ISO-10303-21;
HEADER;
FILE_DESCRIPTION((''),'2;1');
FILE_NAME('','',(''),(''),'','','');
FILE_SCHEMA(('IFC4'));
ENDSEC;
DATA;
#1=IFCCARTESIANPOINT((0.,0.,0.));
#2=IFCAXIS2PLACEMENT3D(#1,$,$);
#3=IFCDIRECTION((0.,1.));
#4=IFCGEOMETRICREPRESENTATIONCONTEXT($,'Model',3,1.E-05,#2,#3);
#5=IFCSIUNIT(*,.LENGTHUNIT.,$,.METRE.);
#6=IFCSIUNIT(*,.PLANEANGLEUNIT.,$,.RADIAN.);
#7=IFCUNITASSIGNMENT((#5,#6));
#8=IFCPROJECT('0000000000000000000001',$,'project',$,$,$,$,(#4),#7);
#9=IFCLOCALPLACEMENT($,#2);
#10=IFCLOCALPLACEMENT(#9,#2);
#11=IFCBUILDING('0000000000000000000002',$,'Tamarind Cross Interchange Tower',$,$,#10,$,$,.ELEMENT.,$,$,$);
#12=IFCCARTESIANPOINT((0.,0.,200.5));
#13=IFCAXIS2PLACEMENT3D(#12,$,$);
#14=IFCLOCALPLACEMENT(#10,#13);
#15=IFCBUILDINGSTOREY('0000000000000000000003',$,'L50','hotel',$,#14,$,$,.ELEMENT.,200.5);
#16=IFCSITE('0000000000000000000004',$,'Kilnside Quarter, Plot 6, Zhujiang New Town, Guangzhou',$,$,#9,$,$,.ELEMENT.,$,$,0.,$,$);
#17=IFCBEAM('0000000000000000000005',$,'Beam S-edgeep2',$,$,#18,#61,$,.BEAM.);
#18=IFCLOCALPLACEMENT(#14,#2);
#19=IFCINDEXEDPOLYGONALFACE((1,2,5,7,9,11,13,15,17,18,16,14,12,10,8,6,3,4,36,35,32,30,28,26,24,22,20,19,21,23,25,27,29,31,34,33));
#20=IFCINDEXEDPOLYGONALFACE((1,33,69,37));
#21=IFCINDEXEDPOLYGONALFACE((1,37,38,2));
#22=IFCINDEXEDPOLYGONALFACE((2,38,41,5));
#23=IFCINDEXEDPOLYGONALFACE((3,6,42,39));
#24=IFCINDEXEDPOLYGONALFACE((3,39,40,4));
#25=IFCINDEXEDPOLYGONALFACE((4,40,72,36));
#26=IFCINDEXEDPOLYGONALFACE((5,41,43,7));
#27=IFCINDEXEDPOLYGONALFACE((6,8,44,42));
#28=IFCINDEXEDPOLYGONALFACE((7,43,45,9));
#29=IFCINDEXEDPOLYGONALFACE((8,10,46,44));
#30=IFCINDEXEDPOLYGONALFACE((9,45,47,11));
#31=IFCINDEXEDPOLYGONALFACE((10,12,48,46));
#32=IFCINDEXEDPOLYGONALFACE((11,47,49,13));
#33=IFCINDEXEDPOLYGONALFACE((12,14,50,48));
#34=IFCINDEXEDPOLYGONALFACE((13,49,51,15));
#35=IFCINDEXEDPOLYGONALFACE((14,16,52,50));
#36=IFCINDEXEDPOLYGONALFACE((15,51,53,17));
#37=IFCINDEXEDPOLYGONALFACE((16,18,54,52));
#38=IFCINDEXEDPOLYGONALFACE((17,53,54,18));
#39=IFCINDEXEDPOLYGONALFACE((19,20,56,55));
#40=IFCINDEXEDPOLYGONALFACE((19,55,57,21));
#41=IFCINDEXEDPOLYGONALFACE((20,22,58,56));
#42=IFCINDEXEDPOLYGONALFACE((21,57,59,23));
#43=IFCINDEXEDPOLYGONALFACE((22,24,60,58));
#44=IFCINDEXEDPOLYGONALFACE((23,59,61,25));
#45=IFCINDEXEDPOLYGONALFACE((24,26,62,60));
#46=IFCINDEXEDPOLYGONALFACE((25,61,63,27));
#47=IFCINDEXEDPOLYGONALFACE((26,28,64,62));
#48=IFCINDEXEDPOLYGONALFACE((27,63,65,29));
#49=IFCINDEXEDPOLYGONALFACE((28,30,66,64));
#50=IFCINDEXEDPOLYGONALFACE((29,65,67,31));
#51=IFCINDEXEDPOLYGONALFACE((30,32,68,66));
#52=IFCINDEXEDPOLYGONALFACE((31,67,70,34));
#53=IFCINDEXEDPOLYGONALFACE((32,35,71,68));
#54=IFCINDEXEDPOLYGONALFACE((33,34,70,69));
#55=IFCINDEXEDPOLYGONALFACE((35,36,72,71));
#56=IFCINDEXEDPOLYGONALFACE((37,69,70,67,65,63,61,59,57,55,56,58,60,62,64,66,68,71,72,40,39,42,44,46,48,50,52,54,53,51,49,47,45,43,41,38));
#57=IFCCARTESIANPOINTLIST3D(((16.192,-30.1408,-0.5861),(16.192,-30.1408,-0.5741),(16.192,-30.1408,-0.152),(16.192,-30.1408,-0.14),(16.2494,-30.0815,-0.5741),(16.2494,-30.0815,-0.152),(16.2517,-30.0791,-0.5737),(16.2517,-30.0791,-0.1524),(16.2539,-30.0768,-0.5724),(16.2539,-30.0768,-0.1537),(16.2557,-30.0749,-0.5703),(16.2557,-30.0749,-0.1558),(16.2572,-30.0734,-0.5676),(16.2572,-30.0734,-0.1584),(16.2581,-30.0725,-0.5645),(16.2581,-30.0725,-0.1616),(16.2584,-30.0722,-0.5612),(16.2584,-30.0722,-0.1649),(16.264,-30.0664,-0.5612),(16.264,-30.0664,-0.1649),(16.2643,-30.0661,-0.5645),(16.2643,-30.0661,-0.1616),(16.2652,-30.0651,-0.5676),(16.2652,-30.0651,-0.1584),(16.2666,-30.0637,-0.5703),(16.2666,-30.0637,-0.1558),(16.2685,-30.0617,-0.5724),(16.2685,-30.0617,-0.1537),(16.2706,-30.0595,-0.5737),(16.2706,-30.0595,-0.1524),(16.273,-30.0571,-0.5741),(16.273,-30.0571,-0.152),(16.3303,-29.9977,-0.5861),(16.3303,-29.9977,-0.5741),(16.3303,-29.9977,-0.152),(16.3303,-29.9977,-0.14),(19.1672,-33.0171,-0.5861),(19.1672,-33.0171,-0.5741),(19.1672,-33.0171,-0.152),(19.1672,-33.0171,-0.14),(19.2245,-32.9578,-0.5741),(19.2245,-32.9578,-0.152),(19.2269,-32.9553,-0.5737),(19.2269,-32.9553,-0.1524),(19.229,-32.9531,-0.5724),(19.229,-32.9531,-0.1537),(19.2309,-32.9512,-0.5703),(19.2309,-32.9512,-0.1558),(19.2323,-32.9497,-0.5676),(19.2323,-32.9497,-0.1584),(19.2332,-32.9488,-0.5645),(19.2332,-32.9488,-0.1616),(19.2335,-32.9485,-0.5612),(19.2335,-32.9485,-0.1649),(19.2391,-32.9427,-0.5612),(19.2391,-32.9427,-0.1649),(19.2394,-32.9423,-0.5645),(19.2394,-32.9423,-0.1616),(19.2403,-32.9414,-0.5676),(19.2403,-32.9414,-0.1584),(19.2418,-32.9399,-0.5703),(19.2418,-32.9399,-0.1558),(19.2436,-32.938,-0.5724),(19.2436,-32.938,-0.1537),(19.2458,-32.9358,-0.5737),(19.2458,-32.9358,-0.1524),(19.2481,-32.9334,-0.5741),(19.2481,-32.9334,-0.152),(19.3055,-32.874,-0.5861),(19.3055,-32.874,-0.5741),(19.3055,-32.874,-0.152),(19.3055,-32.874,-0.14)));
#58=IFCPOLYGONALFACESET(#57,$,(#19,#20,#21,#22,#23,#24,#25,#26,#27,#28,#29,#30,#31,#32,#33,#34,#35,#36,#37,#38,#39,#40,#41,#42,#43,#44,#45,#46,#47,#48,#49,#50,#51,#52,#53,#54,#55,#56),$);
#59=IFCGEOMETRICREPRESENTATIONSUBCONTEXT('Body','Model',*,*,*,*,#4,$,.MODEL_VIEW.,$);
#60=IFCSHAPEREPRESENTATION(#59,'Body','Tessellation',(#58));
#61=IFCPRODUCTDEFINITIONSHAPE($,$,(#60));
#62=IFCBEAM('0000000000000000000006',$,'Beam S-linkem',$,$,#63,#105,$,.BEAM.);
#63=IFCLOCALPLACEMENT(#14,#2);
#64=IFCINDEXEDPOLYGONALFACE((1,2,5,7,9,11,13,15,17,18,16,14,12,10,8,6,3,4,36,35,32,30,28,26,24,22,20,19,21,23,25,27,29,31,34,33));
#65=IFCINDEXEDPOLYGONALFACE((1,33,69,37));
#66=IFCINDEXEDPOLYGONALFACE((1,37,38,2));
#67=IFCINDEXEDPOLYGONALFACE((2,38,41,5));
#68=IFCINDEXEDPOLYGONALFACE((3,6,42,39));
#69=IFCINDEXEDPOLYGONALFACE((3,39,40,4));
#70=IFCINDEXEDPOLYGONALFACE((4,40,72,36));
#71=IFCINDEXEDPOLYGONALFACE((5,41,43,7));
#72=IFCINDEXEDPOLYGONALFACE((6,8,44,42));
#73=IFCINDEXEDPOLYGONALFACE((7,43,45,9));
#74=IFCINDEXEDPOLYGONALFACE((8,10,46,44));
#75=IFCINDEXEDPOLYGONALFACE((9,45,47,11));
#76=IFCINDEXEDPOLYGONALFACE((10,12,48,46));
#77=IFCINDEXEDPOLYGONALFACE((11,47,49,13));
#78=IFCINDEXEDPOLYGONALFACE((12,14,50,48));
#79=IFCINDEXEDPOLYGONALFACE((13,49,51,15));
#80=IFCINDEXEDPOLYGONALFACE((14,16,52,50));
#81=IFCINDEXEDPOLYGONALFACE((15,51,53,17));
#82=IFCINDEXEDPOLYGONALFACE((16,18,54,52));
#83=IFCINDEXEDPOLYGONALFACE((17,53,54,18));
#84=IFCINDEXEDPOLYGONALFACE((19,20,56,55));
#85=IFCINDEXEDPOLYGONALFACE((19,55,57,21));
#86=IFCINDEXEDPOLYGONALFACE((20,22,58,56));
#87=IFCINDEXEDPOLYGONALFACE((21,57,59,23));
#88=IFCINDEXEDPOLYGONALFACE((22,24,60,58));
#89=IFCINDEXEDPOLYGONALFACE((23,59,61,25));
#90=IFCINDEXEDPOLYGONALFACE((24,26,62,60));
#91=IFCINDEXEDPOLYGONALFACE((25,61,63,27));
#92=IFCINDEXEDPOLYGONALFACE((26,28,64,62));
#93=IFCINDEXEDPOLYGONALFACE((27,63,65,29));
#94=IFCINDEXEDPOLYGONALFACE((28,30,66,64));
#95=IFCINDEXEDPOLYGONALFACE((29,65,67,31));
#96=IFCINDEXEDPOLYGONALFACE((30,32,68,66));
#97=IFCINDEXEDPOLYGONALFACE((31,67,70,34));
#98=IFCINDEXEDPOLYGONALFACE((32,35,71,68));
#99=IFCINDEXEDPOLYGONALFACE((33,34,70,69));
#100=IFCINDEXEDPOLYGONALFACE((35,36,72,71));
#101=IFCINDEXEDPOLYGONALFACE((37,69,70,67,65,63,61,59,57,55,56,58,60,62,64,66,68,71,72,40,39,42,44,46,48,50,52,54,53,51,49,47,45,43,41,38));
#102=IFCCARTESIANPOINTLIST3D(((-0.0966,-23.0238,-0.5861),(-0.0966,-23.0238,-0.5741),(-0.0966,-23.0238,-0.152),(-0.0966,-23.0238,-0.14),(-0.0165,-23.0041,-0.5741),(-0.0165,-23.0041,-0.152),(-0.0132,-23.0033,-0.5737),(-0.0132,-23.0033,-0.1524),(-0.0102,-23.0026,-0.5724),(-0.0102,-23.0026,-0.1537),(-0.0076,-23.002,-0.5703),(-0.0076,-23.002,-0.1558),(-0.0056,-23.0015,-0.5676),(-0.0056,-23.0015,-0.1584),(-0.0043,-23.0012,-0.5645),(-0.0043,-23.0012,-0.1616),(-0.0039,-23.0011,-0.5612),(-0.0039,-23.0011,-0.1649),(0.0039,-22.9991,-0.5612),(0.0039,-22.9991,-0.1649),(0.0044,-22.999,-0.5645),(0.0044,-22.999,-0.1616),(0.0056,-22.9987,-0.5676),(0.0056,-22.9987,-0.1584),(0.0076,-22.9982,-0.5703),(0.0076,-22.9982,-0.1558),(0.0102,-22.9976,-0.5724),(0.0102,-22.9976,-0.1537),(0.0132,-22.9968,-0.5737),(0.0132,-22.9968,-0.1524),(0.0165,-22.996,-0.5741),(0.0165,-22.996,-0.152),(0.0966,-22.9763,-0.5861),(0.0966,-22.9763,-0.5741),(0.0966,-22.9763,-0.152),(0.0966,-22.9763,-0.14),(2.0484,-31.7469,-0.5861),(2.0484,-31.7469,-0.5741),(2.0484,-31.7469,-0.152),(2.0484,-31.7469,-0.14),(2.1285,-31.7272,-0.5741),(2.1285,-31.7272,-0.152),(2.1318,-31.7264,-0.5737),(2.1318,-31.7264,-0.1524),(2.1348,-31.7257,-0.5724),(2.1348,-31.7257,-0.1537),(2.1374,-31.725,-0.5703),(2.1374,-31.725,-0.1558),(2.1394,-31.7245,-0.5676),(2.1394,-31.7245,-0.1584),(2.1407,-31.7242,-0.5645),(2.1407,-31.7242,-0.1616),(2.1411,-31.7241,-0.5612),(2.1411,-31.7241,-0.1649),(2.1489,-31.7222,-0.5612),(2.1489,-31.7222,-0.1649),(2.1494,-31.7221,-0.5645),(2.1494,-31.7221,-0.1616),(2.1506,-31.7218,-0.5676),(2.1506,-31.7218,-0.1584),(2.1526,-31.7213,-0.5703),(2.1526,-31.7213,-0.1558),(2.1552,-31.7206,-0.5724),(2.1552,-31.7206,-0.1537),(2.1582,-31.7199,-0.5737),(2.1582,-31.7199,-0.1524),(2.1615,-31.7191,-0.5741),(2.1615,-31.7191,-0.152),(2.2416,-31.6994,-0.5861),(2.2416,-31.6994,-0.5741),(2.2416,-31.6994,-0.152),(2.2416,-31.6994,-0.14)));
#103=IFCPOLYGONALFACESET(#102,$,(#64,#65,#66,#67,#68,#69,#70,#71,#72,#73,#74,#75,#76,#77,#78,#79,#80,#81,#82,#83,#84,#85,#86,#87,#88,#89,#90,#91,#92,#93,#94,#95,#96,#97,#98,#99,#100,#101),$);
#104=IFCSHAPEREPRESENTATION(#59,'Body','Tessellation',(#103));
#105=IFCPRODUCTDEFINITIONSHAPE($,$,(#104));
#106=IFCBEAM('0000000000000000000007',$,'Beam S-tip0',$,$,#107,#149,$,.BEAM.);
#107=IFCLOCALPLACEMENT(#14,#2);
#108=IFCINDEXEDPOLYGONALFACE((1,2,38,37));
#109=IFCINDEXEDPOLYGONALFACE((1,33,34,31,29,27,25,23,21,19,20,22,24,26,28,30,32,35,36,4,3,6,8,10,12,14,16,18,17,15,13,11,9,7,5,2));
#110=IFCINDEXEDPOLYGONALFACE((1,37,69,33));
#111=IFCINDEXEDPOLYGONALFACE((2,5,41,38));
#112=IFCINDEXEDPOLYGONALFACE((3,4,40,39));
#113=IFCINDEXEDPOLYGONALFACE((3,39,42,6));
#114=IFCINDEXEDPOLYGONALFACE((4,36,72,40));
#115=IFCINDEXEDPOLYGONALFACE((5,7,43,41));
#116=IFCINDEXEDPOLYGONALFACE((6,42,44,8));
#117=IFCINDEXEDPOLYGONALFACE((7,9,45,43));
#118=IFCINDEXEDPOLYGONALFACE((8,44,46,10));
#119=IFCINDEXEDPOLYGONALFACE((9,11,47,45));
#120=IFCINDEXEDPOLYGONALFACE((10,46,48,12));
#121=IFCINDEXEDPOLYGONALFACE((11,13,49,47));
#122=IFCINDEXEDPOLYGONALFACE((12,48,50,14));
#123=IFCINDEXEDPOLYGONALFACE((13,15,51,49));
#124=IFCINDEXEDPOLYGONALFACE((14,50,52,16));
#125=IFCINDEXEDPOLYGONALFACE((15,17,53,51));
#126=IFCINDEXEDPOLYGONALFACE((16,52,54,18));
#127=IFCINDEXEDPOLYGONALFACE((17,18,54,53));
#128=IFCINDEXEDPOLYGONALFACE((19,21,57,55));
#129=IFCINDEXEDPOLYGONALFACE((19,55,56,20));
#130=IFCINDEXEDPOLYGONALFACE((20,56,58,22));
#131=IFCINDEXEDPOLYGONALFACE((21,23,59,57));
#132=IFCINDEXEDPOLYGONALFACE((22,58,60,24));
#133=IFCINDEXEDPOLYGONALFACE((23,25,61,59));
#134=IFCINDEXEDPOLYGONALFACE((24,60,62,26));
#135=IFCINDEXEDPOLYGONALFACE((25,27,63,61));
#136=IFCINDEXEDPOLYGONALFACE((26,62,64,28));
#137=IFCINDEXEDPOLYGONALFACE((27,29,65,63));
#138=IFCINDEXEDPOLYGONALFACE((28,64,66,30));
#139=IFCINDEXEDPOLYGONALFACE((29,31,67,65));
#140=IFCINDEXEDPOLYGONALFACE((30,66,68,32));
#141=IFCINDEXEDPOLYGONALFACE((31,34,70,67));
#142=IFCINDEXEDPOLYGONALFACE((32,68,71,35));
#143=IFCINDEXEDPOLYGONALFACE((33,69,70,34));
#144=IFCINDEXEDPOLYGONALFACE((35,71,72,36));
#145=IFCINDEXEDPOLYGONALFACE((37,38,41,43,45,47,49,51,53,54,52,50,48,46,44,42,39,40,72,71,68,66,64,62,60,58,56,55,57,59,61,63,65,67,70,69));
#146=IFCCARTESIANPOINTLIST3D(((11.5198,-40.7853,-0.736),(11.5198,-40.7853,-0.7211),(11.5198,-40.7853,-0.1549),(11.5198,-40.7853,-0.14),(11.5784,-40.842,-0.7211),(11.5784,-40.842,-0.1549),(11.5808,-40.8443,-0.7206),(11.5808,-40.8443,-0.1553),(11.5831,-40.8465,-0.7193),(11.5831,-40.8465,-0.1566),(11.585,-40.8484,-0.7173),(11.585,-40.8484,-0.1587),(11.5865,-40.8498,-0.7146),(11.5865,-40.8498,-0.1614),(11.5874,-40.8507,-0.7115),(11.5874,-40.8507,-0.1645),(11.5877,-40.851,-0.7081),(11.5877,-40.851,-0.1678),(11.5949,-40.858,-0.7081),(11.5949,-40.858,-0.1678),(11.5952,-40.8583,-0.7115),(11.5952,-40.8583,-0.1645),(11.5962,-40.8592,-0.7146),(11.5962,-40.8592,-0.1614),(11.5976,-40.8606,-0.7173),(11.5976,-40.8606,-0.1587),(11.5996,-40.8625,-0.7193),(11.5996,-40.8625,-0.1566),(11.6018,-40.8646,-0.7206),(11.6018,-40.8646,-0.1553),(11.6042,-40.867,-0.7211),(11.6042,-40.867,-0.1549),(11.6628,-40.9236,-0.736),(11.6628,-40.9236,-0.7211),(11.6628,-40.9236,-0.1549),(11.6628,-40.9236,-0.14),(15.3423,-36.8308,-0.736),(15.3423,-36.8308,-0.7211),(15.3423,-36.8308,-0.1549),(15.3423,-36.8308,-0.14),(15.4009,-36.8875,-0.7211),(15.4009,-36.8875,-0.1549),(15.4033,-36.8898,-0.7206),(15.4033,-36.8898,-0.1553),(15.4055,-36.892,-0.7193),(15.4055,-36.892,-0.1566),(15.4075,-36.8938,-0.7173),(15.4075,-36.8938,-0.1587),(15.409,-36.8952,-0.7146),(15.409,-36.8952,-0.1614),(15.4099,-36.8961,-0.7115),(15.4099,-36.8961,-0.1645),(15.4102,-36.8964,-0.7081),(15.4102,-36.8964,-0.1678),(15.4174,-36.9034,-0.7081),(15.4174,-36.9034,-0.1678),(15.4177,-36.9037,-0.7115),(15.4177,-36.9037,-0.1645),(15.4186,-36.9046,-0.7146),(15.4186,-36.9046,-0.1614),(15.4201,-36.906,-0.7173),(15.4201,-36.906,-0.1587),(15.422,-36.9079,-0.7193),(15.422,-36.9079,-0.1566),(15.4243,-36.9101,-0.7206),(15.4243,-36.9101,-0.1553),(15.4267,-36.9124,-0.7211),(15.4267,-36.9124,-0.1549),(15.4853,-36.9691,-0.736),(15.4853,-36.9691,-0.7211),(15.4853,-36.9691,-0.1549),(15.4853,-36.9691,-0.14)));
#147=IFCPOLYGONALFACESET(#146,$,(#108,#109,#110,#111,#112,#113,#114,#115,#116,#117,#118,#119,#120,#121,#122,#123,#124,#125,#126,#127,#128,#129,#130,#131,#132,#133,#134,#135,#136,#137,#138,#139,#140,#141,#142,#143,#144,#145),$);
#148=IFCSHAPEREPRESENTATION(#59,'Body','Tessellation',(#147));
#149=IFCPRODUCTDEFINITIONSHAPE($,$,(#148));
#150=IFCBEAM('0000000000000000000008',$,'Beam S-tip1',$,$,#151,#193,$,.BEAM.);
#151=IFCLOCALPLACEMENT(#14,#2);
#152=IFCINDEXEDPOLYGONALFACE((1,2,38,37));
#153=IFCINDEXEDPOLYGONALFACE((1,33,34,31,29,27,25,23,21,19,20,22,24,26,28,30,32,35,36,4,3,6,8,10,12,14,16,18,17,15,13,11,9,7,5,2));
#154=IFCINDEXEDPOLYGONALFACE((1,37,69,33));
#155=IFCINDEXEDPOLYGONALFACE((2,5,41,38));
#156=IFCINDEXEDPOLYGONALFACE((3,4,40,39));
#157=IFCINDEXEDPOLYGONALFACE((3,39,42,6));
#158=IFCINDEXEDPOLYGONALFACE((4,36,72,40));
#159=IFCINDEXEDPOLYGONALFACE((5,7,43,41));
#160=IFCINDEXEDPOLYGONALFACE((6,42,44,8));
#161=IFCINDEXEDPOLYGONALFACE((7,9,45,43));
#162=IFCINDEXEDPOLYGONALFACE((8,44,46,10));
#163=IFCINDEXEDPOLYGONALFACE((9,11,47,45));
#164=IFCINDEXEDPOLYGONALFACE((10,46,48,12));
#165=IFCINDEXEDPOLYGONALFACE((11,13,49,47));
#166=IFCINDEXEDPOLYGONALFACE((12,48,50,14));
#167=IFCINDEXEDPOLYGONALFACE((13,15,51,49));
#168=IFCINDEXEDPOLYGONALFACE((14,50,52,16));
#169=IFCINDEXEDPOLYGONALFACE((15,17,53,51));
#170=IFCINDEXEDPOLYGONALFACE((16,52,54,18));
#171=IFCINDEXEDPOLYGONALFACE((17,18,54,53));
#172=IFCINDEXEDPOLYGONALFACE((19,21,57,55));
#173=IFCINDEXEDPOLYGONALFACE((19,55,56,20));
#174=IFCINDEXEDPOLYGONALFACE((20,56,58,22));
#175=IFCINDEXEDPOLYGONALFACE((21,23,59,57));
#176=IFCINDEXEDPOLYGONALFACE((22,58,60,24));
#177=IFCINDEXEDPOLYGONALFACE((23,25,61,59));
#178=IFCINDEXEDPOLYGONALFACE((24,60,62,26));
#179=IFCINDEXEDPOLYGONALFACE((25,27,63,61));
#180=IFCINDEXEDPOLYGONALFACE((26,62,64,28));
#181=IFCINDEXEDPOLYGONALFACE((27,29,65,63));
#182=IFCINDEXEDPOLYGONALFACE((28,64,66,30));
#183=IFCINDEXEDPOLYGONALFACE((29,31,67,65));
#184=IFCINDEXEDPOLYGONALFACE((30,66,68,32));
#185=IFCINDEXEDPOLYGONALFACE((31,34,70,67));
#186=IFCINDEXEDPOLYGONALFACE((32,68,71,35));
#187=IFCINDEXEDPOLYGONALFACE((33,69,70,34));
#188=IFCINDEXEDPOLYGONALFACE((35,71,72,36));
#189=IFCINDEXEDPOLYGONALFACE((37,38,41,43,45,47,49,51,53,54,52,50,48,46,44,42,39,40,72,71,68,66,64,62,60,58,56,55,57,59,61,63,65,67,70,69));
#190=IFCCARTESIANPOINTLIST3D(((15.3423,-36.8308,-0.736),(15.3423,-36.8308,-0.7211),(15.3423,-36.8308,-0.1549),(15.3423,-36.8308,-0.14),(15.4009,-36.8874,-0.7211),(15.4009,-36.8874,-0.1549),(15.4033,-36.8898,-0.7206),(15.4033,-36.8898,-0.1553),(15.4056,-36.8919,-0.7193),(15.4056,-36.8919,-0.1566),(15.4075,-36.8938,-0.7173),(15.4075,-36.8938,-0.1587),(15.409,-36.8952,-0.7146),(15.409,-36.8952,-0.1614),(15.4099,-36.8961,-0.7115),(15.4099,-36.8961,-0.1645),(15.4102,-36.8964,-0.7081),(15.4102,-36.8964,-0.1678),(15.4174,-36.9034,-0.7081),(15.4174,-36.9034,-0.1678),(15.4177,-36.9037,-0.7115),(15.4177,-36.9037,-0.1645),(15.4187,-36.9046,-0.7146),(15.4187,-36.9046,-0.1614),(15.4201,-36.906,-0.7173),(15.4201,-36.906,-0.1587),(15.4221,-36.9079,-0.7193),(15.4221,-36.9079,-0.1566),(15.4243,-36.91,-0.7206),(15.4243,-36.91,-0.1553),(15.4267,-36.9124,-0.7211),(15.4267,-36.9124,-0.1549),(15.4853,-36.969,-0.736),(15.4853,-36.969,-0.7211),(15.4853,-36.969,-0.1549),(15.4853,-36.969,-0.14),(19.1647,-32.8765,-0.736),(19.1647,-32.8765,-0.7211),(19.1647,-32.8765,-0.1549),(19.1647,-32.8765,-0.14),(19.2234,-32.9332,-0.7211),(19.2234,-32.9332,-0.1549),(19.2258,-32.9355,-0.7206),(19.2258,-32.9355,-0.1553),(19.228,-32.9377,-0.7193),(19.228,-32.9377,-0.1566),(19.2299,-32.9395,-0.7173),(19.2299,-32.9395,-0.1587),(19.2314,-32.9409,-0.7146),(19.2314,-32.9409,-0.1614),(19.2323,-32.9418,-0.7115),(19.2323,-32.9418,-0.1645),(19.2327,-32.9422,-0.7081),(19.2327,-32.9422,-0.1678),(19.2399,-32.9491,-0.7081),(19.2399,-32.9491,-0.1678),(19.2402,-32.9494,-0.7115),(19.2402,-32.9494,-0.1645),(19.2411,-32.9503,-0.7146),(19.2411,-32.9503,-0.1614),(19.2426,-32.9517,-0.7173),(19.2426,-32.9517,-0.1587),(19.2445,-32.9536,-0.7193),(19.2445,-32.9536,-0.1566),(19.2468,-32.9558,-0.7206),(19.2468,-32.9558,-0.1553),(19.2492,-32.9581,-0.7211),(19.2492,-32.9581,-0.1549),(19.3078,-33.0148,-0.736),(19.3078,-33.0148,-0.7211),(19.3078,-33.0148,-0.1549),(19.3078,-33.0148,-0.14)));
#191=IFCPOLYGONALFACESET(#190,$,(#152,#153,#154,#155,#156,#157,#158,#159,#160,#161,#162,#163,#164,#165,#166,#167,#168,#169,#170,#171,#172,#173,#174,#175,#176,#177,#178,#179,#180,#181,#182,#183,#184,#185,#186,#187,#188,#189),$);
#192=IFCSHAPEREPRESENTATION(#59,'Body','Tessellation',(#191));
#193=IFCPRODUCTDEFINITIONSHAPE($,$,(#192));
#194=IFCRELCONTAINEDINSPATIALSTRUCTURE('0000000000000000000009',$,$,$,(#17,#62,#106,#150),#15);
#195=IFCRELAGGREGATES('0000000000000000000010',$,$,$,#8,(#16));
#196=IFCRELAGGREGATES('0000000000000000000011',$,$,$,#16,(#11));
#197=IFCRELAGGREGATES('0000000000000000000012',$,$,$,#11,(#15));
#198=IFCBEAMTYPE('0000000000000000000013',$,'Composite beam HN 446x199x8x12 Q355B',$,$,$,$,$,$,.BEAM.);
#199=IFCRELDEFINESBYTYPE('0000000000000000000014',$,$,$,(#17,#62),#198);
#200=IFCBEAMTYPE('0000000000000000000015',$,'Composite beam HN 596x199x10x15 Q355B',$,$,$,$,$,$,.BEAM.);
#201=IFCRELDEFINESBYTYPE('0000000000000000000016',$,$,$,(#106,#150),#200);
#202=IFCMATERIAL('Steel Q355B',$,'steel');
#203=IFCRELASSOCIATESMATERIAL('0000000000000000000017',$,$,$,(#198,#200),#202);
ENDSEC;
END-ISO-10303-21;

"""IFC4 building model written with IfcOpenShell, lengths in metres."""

from ifc_helpers import new_model, si_unit, direction, frame, origin, origin_2d, place, context, subcontext, project, spatial, i_section, extrude, material, material_profile, profile_set, type_object, element, save


model = new_model("IFC4")

# Units and contexts
model_context = context("Model", 3, precision=1e-05, world=origin(), true_north=direction((0.0, 1.0)))
body_context = subcontext(model_context, "Body", "Model", "MODEL_VIEW")
ifc_project = project(units=[si_unit("LENGTHUNIT", "METRE"), si_unit("PLANEANGLEUNIT", "RADIAN")], contexts=[model_context])

# Site, building, storey
site_placement = place(None, origin())
site = spatial("IfcSite", under=ifc_project, at=site_placement, Name="Kilnside Quarter, Plot 6, Zhujiang New Town, Guangzhou", CompositionType="ELEMENT", RefElevation=0.0)
building_placement = place(site_placement, origin())
building = spatial("IfcBuilding", under=site, at=building_placement, Name="Tamarind Cross Interchange Tower", CompositionType="ELEMENT")
storey_placement = place(building_placement, frame((0.0, 0.0, 200.5)))
storey = spatial("IfcBuildingStorey", under=building, at=storey_placement, Name="L50", Description="hotel", CompositionType="ELEMENT", Elevation=200.5)

# Beams
ifc_material_1 = material(Name="Steel Q355B", Category="steel")
ifc_material_profile_1 = material_profile(ifc_material_1, i_section(OverallWidth=0.199, OverallDepth=0.446, WebThickness=0.0081, FlangeThickness=0.012, FilletRadius=0.0129, at=origin_2d()), Name="HN 446x199x8x12")
ifc_profile_set_1 = profile_set([ifc_material_profile_1], Name="Steel Q355B")
beam_type_1 = type_object("IfcBeamType", Name="Composite beam HN 446x199x8x12 Q355B", PredefinedType="BEAM", material=ifc_profile_set_1)
beam_1_placement = place(storey_placement, frame((19.2363, -32.9456, -0.363), z_axis=(-0.718953, 0.695059, 0.0), x_axis=(-0.695059, -0.718953, 0.0)))
element("IfcBeam", 1, at=beam_1_placement, inside=storey, type_object=beam_type_1, Name="Beam S-edgeep2", PredefinedType="BEAM", context=body_context, shape_type="SweptSolid", body=[
    extrude(i_section(OverallWidth=0.199, OverallDepth=0.446, WebThickness=0.0081, FlangeThickness=0.012, FilletRadius=0.0129, at=origin_2d()), origin(), (0.0, 0.0, 1.0), 4.1382),
])
beam_2_placement = place(storey_placement, frame((2.145, -31.7231, -0.363), z_axis=(-0.238786, 0.971072, 0.0), x_axis=(-0.971072, -0.238786, 0.0)))
element("IfcBeam", 2, at=beam_2_placement, inside=storey, type_object=beam_type_1, Name="Beam S-linkem", PredefinedType="BEAM", context=body_context, shape_type="SweptSolid", body=[
    extrude(i_section(OverallWidth=0.199, OverallDepth=0.446, WebThickness=0.0081, FlangeThickness=0.012, FilletRadius=0.0129, at=origin_2d()), origin(), (0.0, 0.0, 1.0), 8.9829),
])
ifc_material_profile_2 = material_profile(ifc_material_1, i_section(OverallWidth=0.199, OverallDepth=0.5959, WebThickness=0.01, FlangeThickness=0.0149, FilletRadius=0.0129, at=origin_2d()), Name="HN 596x199x10x15")
ifc_profile_set_2 = profile_set([ifc_material_profile_2], Name="Steel Q355B")
beam_type_2 = type_object("IfcBeamType", Name="Composite beam HN 596x199x10x15 Q355B", PredefinedType="BEAM", material=ifc_profile_set_2)
beam_3_placement = place(storey_placement, frame((11.5913, -40.8545, -0.438), z_axis=(0.694998, 0.719012, 0.0), x_axis=(-0.719012, 0.694998, 0.0)))
element("IfcBeam", 3, at=beam_3_placement, inside=storey, type_object=beam_type_2, Name="Beam S-tip0", PredefinedType="BEAM", context=body_context, shape_type="SweptSolid", body=[
    extrude(i_section(OverallWidth=0.199, OverallDepth=0.5959, WebThickness=0.01, FlangeThickness=0.0149, FilletRadius=0.0129, at=origin_2d()), origin(), (0.0, 0.0, 1.0), 5.5),
])
beam_4_placement = place(storey_placement, frame((15.4138, -36.8999, -0.438), z_axis=(0.69502, 0.718991, 0.0), x_axis=(-0.718991, 0.69502, 0.0)))
element("IfcBeam", 4, at=beam_4_placement, inside=storey, type_object=beam_type_2, Name="Beam S-tip1", PredefinedType="BEAM", context=body_context, shape_type="SweptSolid", body=[
    extrude(i_section(OverallWidth=0.199, OverallDepth=0.5959, WebThickness=0.01, FlangeThickness=0.0149, FilletRadius=0.0129, at=origin_2d()), origin(), (0.0, 0.0, 1.0), 5.4998),
])

save(model, "model.ifc")
